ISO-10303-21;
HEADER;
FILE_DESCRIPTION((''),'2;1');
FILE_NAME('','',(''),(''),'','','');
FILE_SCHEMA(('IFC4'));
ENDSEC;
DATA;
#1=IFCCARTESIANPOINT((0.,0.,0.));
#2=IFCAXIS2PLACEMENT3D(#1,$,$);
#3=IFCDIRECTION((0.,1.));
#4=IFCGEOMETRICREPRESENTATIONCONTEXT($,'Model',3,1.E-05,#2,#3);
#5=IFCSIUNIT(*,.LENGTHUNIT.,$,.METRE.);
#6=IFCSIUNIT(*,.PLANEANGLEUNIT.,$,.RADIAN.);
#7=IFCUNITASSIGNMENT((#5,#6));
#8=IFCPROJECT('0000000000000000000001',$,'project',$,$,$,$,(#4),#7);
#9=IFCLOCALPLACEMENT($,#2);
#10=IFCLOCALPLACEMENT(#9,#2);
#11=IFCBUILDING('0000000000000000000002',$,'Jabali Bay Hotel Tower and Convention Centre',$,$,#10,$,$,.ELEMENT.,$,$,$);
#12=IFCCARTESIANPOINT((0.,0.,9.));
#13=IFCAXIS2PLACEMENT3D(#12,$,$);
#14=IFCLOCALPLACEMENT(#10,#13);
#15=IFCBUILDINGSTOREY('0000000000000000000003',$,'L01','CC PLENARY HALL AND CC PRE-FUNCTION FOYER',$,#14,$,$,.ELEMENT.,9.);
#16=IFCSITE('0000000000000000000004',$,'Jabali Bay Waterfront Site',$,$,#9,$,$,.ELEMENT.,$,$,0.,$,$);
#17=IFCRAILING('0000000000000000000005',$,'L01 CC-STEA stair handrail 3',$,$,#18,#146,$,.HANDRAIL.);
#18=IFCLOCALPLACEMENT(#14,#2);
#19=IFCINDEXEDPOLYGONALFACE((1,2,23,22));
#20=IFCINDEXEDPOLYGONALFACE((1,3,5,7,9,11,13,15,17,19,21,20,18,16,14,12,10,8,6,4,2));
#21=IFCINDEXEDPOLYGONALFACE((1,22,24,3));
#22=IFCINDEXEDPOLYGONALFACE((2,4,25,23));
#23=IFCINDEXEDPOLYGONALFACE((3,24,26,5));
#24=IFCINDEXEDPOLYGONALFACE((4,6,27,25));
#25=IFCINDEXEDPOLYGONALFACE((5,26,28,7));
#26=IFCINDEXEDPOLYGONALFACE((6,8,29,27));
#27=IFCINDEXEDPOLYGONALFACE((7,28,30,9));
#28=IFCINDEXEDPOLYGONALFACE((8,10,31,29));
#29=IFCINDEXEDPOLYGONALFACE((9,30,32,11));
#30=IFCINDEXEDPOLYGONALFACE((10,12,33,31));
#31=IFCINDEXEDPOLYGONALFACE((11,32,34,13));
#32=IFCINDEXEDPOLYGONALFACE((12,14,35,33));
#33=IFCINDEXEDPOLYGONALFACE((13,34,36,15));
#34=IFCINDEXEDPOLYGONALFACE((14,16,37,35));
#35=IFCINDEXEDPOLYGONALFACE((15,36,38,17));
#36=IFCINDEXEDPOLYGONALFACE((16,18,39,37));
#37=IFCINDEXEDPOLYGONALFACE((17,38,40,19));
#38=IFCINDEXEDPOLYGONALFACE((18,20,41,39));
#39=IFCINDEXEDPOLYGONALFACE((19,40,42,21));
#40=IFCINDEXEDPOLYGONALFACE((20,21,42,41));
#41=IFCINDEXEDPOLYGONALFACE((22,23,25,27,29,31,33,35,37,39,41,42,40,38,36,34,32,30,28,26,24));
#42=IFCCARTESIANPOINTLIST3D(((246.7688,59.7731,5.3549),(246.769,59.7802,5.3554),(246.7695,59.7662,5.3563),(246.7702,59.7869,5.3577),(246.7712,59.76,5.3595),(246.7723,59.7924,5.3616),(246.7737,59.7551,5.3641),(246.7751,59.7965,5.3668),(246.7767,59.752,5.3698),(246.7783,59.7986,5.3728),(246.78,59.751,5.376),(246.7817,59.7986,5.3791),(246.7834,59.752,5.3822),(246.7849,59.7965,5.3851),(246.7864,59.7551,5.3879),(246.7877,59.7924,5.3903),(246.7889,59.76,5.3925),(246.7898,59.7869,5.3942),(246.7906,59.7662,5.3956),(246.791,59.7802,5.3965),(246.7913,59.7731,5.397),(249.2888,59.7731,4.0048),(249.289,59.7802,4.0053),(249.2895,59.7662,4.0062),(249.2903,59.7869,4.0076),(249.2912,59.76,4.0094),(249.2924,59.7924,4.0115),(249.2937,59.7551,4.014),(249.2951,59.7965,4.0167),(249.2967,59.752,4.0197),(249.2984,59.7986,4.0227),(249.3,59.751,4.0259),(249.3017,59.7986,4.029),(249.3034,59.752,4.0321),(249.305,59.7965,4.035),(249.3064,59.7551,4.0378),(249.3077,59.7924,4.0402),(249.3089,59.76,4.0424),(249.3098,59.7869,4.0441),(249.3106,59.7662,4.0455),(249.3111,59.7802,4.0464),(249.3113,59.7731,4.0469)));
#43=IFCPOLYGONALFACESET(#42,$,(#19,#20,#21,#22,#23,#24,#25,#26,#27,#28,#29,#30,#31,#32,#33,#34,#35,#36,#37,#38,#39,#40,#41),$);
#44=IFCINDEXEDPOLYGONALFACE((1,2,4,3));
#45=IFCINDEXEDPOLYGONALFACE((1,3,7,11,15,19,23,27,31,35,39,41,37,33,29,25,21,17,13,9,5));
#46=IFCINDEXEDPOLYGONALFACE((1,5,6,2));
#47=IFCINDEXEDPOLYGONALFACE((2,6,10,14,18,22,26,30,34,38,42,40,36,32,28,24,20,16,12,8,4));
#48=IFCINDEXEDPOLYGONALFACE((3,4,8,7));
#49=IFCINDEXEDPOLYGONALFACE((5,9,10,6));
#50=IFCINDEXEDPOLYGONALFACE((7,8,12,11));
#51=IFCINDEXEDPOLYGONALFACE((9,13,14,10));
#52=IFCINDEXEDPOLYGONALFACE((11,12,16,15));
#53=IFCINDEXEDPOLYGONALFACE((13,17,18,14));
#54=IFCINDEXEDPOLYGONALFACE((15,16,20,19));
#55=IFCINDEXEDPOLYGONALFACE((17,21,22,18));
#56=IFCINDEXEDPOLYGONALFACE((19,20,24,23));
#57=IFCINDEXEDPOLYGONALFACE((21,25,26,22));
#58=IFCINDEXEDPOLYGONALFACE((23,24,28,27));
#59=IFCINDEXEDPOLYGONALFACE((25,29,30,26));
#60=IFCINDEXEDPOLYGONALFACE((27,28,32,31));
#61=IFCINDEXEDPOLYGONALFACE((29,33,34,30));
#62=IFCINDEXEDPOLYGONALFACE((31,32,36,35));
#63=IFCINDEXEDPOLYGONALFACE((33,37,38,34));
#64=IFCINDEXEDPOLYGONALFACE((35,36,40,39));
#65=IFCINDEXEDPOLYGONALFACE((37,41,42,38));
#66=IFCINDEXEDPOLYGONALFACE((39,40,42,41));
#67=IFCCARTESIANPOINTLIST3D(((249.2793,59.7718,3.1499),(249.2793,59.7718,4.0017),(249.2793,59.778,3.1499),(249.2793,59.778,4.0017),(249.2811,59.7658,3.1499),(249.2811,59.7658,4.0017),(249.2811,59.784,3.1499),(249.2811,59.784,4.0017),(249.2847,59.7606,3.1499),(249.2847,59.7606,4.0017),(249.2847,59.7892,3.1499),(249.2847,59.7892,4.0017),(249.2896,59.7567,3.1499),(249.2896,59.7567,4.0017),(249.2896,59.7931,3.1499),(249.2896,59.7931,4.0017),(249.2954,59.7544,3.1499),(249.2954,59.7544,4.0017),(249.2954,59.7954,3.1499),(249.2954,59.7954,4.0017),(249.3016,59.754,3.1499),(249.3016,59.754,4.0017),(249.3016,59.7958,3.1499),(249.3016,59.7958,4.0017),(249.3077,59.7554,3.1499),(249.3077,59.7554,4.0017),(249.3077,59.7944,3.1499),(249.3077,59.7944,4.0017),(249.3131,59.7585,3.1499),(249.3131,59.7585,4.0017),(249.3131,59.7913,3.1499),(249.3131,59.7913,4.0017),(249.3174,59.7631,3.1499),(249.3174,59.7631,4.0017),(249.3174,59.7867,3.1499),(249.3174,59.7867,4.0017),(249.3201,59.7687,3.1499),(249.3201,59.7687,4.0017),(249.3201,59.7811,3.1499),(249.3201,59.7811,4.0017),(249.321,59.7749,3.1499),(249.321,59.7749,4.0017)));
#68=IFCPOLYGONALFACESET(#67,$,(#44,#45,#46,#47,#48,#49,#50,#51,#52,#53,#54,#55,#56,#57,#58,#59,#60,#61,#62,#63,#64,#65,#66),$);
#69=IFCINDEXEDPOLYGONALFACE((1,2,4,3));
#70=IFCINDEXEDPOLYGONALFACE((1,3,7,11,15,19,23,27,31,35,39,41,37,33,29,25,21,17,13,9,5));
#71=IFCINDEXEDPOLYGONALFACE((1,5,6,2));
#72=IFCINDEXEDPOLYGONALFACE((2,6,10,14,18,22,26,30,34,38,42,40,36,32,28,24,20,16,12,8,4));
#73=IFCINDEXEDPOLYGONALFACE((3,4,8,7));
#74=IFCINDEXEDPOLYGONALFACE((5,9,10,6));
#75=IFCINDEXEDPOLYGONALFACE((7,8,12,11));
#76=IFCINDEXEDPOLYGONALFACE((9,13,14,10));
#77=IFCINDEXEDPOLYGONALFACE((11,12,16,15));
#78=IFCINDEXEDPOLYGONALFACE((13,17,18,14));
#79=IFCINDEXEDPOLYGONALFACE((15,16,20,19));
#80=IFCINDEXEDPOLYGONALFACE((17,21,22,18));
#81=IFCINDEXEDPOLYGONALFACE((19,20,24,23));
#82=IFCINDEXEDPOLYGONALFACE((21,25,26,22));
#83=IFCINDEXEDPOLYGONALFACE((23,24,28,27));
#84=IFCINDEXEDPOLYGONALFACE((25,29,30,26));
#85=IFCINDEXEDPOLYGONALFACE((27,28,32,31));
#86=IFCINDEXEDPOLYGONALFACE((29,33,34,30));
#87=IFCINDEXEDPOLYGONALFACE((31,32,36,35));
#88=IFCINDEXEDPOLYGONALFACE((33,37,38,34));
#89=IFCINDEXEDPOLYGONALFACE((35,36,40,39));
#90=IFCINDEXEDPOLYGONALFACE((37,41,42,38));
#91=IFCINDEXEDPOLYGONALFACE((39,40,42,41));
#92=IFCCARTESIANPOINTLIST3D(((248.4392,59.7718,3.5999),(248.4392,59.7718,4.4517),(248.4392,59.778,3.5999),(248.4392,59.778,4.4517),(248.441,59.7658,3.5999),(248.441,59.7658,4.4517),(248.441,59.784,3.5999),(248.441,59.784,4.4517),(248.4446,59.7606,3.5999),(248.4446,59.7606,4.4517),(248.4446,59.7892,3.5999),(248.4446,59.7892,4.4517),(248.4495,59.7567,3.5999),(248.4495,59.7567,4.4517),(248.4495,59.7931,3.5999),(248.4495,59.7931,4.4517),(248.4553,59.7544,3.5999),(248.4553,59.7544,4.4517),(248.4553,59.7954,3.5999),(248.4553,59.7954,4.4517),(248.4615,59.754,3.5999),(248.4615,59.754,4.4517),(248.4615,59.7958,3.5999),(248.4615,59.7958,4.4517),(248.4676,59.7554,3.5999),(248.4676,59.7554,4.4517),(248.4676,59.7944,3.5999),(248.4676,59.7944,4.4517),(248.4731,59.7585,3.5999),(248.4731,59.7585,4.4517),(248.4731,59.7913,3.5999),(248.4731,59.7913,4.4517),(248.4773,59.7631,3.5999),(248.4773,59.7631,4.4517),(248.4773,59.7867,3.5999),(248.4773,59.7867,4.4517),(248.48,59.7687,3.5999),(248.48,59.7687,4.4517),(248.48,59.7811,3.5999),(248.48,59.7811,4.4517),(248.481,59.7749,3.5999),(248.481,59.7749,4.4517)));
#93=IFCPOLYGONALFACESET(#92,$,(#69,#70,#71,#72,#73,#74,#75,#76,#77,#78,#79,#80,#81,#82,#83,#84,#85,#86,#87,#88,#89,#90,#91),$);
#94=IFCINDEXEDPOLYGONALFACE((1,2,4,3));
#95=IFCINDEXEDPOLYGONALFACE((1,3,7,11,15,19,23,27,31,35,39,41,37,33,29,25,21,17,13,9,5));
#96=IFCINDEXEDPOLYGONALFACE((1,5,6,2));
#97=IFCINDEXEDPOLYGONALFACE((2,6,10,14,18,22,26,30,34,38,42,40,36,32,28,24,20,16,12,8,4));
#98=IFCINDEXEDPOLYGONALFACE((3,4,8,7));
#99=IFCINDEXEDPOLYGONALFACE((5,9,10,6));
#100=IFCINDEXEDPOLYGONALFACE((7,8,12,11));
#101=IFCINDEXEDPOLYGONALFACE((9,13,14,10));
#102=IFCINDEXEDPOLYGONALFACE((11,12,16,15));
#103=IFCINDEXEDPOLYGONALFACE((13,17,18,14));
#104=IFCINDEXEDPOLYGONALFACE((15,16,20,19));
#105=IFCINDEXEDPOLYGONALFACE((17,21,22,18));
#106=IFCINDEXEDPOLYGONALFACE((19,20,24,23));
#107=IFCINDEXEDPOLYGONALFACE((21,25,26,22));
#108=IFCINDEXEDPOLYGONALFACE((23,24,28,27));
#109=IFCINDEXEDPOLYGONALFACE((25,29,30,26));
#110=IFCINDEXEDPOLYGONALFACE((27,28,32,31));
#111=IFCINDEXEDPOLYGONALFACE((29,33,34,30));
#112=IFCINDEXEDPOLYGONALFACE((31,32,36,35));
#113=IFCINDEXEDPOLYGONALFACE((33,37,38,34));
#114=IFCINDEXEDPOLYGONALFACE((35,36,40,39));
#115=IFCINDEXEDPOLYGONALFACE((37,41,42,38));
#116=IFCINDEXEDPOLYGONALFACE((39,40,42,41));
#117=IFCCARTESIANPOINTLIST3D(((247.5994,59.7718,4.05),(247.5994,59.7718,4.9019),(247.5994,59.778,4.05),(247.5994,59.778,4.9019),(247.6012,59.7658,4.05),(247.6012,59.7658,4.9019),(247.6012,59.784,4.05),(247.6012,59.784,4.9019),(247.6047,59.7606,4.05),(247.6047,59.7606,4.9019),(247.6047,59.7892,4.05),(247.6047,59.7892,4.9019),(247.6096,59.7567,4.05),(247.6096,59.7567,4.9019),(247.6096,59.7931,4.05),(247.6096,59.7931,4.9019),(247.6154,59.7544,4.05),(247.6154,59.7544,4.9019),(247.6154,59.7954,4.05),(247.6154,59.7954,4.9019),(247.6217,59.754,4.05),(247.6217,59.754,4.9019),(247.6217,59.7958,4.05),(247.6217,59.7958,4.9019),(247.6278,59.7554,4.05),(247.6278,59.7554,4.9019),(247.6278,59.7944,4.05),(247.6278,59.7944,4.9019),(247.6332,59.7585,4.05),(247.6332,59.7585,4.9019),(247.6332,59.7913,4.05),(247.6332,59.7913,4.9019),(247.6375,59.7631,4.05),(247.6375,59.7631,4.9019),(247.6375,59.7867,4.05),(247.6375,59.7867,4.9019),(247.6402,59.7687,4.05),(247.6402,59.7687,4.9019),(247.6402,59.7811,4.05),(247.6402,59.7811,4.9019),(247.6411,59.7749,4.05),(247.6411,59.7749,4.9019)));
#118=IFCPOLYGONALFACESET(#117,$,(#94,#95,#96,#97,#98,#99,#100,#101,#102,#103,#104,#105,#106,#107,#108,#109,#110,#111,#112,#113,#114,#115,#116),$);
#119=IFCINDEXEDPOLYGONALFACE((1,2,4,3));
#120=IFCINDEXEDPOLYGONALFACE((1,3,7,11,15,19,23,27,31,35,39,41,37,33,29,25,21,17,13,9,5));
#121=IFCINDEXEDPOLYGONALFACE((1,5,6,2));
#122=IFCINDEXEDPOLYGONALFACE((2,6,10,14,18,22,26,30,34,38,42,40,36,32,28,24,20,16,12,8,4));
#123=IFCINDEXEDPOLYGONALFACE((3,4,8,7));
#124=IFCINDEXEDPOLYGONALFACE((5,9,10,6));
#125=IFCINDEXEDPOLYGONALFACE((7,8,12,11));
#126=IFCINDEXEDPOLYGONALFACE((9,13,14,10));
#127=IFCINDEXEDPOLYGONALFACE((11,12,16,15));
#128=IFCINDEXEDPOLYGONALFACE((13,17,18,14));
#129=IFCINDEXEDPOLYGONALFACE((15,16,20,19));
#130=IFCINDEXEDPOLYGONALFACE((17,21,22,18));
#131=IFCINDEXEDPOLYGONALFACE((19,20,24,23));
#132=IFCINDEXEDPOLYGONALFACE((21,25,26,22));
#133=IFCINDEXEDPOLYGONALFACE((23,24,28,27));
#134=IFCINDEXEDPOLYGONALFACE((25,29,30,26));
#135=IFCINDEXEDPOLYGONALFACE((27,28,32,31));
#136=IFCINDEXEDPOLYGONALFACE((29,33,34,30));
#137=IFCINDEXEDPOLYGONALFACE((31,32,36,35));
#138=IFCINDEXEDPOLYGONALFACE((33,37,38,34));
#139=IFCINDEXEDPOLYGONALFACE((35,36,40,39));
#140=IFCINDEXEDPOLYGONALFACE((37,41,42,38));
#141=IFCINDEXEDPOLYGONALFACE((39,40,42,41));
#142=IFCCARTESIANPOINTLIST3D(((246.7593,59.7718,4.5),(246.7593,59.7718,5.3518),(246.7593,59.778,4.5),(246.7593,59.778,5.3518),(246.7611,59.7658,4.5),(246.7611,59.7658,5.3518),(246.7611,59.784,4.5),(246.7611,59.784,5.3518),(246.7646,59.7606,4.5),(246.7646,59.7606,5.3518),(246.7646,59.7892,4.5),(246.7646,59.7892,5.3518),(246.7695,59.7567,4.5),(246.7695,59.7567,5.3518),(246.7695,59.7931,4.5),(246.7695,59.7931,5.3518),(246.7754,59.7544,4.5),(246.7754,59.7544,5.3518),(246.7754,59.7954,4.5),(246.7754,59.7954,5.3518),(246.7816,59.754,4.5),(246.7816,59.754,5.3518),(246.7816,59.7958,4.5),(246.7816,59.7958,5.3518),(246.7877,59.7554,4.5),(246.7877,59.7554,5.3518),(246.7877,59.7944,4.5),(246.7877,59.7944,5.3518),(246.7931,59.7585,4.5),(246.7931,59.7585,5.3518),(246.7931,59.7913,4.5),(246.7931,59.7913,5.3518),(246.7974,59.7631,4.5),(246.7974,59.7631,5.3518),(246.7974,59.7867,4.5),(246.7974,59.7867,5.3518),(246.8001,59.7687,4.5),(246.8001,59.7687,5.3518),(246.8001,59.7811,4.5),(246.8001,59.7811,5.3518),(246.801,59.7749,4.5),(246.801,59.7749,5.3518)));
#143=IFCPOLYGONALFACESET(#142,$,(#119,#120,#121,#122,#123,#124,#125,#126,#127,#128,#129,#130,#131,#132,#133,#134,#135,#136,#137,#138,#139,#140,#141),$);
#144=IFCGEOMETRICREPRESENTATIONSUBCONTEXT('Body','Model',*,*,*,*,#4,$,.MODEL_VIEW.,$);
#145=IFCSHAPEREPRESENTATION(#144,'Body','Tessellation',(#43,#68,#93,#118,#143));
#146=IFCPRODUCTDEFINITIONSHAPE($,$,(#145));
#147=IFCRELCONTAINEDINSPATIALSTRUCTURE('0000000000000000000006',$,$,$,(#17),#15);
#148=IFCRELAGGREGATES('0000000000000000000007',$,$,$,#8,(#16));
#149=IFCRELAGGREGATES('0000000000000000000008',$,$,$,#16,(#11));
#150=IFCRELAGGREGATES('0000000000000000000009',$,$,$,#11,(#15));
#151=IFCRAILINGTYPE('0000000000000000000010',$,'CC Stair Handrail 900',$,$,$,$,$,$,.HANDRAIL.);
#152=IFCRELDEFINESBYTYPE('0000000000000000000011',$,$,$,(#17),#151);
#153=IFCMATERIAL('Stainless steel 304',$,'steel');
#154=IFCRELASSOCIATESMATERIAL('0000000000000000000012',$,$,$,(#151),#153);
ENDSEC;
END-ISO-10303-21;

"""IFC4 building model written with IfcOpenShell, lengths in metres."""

from ifc_helpers import new_model, si_unit, direction, frame, origin, origin_2d, place, context, subcontext, project, spatial, circle, extrude, material, type_object, element, save


model = new_model("IFC4")

# Units and contexts
model_context = context("Model", 3, precision=1e-05, world=origin(), true_north=direction((0.0, 1.0)))
body_context = subcontext(model_context, "Body", "Model", "MODEL_VIEW")
ifc_project = project(units=[si_unit("LENGTHUNIT", "METRE"), si_unit("PLANEANGLEUNIT", "RADIAN")], contexts=[model_context])

# Site, building, storey
site_placement = place(None, origin())
site = spatial("IfcSite", under=ifc_project, at=site_placement, Name="Jabali Bay Waterfront Site", CompositionType="ELEMENT", RefElevation=0.0)
building_placement = place(site_placement, origin())
building = spatial("IfcBuilding", under=site, at=building_placement, Name="Jabali Bay Hotel Tower and Convention Centre", CompositionType="ELEMENT")
storey_placement = place(building_placement, frame((0.0, 0.0, 9.0)))
storey = spatial("IfcBuildingStorey", under=building, at=storey_placement, Name="L01", Description="CC PLENARY HALL AND CC PRE-FUNCTION FOYER", CompositionType="ELEMENT", Elevation=9.0)

# Railing
ifc_material_1 = material(Name="Stainless steel 304", Category="steel")
railing_type_1 = type_object("IfcRailingType", Name="CC Stair Handrail 900", PredefinedType="HANDRAIL", material=ifc_material_1)
for number, where, name in (
    (1, (249.3, 59.7749, 3.1499), "L01 CC-STEA stair handrail 3"),
):
    element("IfcRailing", number, at=place(storey_placement, frame(where)), inside=storey, type_object=railing_type_1, Name=name, PredefinedType="HANDRAIL", context=body_context, shape_type="SweptSolid", body=[
        extrude(circle(Radius=0.0239, at=origin_2d()), frame((0.0, 0.0, 0.876), z_axis=(-0.881467, 0.0, 0.472245), x_axis=(0.0, -1.0, 0.0)), (0.0, 0.0, 1.0), 2.8589),
        extrude(circle(Radius=0.021, at=origin_2d()), origin(), (0.0, 0.0, 1.0), 0.8518),
        extrude(circle(Radius=0.021, at=origin_2d()), frame((-0.8401, 0.0, 0.45)), (0.0, 0.0, 1.0), 0.8518),
        extrude(circle(Radius=0.021, at=origin_2d()), frame((-1.6799, 0.0, 0.9001)), (0.0, 0.0, 1.0), 0.8518),
        extrude(circle(Radius=0.021, at=origin_2d()), frame((-2.52, 0.0, 1.3501)), (0.0, 0.0, 1.0), 0.8518),
    ])

save(model, "model.ifc")
